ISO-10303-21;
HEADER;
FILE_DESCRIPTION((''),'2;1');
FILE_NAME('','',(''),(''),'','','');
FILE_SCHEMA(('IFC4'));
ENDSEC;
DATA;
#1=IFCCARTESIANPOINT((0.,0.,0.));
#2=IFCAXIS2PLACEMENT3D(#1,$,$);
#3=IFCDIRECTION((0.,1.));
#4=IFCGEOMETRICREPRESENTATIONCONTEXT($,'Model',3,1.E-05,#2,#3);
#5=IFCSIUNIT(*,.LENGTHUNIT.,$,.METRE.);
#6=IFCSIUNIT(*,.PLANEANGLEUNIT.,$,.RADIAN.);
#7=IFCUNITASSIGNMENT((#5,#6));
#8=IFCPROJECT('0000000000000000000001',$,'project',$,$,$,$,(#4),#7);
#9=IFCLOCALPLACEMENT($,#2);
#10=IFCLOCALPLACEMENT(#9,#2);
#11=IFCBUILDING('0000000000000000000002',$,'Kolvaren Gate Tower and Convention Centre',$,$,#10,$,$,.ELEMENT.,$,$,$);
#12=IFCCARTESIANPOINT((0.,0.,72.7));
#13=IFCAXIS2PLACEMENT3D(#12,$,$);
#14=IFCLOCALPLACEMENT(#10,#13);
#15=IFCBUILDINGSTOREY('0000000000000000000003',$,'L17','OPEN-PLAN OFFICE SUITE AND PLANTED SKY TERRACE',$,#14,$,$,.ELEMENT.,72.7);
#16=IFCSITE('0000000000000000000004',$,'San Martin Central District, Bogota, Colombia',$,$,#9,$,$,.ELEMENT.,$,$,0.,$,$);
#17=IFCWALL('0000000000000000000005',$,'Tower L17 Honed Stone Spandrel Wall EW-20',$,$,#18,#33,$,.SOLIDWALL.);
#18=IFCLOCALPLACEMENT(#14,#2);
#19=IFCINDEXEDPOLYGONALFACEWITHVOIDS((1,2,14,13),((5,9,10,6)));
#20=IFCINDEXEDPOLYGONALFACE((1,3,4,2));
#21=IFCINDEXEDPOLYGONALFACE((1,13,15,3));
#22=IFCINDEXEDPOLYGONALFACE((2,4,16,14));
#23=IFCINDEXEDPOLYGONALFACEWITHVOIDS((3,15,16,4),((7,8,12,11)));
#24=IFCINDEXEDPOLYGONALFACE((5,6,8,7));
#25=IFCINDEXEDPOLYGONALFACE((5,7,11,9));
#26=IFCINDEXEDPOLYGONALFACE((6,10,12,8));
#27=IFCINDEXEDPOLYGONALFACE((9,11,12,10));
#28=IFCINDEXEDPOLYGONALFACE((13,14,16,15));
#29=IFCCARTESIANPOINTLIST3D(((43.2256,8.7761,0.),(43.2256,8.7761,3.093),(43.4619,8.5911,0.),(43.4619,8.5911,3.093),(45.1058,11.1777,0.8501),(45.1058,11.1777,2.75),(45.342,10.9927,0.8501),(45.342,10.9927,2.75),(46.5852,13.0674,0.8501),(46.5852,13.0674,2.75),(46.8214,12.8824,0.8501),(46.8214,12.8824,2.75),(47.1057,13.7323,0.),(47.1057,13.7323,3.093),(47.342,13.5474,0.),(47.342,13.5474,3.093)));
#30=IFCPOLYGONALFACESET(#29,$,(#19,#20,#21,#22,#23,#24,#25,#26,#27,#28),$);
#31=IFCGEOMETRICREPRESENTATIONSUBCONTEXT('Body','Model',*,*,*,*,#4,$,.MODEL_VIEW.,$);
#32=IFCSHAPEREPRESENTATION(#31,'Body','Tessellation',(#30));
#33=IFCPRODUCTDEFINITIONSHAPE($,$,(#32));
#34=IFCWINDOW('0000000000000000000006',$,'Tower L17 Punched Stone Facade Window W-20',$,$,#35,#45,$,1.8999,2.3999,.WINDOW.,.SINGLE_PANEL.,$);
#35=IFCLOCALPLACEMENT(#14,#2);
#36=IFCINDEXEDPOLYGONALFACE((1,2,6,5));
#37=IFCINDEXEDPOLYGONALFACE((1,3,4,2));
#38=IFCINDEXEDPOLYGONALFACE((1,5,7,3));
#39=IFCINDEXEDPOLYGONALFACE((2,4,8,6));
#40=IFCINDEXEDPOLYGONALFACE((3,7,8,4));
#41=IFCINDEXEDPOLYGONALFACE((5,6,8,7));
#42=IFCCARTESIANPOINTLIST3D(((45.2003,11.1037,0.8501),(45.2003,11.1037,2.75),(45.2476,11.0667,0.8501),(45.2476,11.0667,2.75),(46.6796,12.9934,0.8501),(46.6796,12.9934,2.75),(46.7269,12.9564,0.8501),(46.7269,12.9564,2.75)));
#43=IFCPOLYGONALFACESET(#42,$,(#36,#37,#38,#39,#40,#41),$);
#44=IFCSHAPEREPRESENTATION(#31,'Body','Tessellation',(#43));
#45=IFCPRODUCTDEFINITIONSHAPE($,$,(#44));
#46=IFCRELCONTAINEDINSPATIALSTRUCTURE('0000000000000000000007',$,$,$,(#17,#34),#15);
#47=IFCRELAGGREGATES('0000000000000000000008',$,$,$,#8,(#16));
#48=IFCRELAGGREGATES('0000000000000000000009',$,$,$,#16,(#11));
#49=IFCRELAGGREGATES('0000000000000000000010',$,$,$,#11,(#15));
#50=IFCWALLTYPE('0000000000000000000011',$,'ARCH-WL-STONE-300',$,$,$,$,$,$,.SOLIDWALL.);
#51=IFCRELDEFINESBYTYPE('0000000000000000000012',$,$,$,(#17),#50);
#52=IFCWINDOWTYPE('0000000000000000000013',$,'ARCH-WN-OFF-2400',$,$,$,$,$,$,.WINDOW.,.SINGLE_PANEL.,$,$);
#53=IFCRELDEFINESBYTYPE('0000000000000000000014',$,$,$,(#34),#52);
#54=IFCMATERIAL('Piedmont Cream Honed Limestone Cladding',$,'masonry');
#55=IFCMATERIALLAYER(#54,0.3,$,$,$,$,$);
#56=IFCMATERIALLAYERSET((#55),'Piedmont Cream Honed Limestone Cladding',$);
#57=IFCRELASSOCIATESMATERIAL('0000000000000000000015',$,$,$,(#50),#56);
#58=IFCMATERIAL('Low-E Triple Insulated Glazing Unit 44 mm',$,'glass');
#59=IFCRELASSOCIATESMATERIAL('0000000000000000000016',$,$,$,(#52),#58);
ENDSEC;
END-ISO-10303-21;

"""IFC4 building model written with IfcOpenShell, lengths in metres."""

from ifc_helpers import new_model, si_unit, direction, frame, frame_2d, origin, place, context, subcontext, project, spatial, rectangle, extrude, material, layer, layer_set, type_object, element, fill, save


model = new_model("IFC4")

# Units and contexts
model_context = context("Model", 3, precision=1e-05, world=origin(), true_north=direction((0.0, 1.0)))
body_context = subcontext(model_context, "Body", "Model", "MODEL_VIEW")
ifc_project = project(units=[si_unit("LENGTHUNIT", "METRE"), si_unit("PLANEANGLEUNIT", "RADIAN")], contexts=[model_context])

# Site, building, storey
site_placement = place(None, origin())
site = spatial("IfcSite", under=ifc_project, at=site_placement, Name="San Martin Central District, Bogota, Colombia", CompositionType="ELEMENT", RefElevation=0.0)
building_placement = place(site_placement, origin())
building = spatial("IfcBuilding", under=site, at=building_placement, Name="Kolvaren Gate Tower and Convention Centre", CompositionType="ELEMENT")
storey_placement = place(building_placement, frame((0.0, 0.0, 72.7)))
storey = spatial("IfcBuildingStorey", under=building, at=storey_placement, Name="L17", Description="OPEN-PLAN OFFICE SUITE AND PLANTED SKY TERRACE", CompositionType="ELEMENT", Elevation=72.7)

# Wall, opening, window
ifc_material_1 = material(Name="Piedmont Cream Honed Limestone Cladding", Category="masonry")
ifc_layer_1 = layer(ifc_material_1, 0.3)
ifc_layer_set_1 = layer_set([ifc_layer_1], Name="Piedmont Cream Honed Limestone Cladding")
wall_type_1 = type_object("IfcWallType", Name="ARCH-WL-STONE-300", PredefinedType="SOLIDWALL", material=ifc_layer_set_1)
wall_1_placement = place(storey_placement, frame((43.3438, 8.6836, 0.0), z_axis=(0.0, 0.0, 1.0), x_axis=(0.616435, 0.787406, 0.0)))
wall_1 = element("IfcWall", 1, at=wall_1_placement, inside=storey, type_object=wall_type_1, Name="Tower L17 Honed Stone Spandrel Wall EW-20", PredefinedType="SOLIDWALL", context=body_context, shape_type="SweptSolid", body=[
    extrude(rectangle(XDim=6.2944, YDim=0.3, at=frame_2d((3.1472, 0.0))), origin(), (0.0, 0.0, 1.0), 3.093),
])
opening_1_placement = place(wall_1_placement, frame((3.05, 0.0, 0.8501)))
opening_1 = element("IfcOpeningElement", 2, at=opening_1_placement, cuts=wall_1, PredefinedType="OPENING", context=body_context, shape_type="SweptSolid", body=[
    extrude(rectangle(XDim=2.3999, YDim=1.8999, at=frame_2d((1.2, 0.95))), frame((0.0, 0.1599, 0.0), z_axis=(0.0, -1.0, 0.0), x_axis=(1.0, 0.0, 0.0)), (0.0, 0.0, 1.0), 0.3201),
])
ifc_material_2 = material(Name="Low-E Triple Insulated Glazing Unit 44 mm", Category="glass")
window_type = type_object("IfcWindowType", Name="ARCH-WN-OFF-2400", PartitioningType="SINGLE_PANEL", PredefinedType="WINDOW", material=ifc_material_2)
window_placement = place(opening_1_placement, origin())
window = element("IfcWindow", 3, at=window_placement, inside=storey, type_object=window_type, Name="Tower L17 Punched Stone Facade Window W-20", OverallHeight=1.8999, OverallWidth=2.3999, PartitioningType="SINGLE_PANEL", PredefinedType="WINDOW", context=body_context, shape_type="SweptSolid", body=[
    extrude(rectangle(XDim=2.3999, YDim=1.8999, at=frame_2d((1.2, 0.95))), frame((0.0, 0.03, 0.0), z_axis=(0.0, -1.0, 0.0), x_axis=(1.0, 0.0, 0.0)), (0.0, 0.0, 1.0), 0.0601),
])
fill(opening_1, window)

save(model, "model.ifc")
